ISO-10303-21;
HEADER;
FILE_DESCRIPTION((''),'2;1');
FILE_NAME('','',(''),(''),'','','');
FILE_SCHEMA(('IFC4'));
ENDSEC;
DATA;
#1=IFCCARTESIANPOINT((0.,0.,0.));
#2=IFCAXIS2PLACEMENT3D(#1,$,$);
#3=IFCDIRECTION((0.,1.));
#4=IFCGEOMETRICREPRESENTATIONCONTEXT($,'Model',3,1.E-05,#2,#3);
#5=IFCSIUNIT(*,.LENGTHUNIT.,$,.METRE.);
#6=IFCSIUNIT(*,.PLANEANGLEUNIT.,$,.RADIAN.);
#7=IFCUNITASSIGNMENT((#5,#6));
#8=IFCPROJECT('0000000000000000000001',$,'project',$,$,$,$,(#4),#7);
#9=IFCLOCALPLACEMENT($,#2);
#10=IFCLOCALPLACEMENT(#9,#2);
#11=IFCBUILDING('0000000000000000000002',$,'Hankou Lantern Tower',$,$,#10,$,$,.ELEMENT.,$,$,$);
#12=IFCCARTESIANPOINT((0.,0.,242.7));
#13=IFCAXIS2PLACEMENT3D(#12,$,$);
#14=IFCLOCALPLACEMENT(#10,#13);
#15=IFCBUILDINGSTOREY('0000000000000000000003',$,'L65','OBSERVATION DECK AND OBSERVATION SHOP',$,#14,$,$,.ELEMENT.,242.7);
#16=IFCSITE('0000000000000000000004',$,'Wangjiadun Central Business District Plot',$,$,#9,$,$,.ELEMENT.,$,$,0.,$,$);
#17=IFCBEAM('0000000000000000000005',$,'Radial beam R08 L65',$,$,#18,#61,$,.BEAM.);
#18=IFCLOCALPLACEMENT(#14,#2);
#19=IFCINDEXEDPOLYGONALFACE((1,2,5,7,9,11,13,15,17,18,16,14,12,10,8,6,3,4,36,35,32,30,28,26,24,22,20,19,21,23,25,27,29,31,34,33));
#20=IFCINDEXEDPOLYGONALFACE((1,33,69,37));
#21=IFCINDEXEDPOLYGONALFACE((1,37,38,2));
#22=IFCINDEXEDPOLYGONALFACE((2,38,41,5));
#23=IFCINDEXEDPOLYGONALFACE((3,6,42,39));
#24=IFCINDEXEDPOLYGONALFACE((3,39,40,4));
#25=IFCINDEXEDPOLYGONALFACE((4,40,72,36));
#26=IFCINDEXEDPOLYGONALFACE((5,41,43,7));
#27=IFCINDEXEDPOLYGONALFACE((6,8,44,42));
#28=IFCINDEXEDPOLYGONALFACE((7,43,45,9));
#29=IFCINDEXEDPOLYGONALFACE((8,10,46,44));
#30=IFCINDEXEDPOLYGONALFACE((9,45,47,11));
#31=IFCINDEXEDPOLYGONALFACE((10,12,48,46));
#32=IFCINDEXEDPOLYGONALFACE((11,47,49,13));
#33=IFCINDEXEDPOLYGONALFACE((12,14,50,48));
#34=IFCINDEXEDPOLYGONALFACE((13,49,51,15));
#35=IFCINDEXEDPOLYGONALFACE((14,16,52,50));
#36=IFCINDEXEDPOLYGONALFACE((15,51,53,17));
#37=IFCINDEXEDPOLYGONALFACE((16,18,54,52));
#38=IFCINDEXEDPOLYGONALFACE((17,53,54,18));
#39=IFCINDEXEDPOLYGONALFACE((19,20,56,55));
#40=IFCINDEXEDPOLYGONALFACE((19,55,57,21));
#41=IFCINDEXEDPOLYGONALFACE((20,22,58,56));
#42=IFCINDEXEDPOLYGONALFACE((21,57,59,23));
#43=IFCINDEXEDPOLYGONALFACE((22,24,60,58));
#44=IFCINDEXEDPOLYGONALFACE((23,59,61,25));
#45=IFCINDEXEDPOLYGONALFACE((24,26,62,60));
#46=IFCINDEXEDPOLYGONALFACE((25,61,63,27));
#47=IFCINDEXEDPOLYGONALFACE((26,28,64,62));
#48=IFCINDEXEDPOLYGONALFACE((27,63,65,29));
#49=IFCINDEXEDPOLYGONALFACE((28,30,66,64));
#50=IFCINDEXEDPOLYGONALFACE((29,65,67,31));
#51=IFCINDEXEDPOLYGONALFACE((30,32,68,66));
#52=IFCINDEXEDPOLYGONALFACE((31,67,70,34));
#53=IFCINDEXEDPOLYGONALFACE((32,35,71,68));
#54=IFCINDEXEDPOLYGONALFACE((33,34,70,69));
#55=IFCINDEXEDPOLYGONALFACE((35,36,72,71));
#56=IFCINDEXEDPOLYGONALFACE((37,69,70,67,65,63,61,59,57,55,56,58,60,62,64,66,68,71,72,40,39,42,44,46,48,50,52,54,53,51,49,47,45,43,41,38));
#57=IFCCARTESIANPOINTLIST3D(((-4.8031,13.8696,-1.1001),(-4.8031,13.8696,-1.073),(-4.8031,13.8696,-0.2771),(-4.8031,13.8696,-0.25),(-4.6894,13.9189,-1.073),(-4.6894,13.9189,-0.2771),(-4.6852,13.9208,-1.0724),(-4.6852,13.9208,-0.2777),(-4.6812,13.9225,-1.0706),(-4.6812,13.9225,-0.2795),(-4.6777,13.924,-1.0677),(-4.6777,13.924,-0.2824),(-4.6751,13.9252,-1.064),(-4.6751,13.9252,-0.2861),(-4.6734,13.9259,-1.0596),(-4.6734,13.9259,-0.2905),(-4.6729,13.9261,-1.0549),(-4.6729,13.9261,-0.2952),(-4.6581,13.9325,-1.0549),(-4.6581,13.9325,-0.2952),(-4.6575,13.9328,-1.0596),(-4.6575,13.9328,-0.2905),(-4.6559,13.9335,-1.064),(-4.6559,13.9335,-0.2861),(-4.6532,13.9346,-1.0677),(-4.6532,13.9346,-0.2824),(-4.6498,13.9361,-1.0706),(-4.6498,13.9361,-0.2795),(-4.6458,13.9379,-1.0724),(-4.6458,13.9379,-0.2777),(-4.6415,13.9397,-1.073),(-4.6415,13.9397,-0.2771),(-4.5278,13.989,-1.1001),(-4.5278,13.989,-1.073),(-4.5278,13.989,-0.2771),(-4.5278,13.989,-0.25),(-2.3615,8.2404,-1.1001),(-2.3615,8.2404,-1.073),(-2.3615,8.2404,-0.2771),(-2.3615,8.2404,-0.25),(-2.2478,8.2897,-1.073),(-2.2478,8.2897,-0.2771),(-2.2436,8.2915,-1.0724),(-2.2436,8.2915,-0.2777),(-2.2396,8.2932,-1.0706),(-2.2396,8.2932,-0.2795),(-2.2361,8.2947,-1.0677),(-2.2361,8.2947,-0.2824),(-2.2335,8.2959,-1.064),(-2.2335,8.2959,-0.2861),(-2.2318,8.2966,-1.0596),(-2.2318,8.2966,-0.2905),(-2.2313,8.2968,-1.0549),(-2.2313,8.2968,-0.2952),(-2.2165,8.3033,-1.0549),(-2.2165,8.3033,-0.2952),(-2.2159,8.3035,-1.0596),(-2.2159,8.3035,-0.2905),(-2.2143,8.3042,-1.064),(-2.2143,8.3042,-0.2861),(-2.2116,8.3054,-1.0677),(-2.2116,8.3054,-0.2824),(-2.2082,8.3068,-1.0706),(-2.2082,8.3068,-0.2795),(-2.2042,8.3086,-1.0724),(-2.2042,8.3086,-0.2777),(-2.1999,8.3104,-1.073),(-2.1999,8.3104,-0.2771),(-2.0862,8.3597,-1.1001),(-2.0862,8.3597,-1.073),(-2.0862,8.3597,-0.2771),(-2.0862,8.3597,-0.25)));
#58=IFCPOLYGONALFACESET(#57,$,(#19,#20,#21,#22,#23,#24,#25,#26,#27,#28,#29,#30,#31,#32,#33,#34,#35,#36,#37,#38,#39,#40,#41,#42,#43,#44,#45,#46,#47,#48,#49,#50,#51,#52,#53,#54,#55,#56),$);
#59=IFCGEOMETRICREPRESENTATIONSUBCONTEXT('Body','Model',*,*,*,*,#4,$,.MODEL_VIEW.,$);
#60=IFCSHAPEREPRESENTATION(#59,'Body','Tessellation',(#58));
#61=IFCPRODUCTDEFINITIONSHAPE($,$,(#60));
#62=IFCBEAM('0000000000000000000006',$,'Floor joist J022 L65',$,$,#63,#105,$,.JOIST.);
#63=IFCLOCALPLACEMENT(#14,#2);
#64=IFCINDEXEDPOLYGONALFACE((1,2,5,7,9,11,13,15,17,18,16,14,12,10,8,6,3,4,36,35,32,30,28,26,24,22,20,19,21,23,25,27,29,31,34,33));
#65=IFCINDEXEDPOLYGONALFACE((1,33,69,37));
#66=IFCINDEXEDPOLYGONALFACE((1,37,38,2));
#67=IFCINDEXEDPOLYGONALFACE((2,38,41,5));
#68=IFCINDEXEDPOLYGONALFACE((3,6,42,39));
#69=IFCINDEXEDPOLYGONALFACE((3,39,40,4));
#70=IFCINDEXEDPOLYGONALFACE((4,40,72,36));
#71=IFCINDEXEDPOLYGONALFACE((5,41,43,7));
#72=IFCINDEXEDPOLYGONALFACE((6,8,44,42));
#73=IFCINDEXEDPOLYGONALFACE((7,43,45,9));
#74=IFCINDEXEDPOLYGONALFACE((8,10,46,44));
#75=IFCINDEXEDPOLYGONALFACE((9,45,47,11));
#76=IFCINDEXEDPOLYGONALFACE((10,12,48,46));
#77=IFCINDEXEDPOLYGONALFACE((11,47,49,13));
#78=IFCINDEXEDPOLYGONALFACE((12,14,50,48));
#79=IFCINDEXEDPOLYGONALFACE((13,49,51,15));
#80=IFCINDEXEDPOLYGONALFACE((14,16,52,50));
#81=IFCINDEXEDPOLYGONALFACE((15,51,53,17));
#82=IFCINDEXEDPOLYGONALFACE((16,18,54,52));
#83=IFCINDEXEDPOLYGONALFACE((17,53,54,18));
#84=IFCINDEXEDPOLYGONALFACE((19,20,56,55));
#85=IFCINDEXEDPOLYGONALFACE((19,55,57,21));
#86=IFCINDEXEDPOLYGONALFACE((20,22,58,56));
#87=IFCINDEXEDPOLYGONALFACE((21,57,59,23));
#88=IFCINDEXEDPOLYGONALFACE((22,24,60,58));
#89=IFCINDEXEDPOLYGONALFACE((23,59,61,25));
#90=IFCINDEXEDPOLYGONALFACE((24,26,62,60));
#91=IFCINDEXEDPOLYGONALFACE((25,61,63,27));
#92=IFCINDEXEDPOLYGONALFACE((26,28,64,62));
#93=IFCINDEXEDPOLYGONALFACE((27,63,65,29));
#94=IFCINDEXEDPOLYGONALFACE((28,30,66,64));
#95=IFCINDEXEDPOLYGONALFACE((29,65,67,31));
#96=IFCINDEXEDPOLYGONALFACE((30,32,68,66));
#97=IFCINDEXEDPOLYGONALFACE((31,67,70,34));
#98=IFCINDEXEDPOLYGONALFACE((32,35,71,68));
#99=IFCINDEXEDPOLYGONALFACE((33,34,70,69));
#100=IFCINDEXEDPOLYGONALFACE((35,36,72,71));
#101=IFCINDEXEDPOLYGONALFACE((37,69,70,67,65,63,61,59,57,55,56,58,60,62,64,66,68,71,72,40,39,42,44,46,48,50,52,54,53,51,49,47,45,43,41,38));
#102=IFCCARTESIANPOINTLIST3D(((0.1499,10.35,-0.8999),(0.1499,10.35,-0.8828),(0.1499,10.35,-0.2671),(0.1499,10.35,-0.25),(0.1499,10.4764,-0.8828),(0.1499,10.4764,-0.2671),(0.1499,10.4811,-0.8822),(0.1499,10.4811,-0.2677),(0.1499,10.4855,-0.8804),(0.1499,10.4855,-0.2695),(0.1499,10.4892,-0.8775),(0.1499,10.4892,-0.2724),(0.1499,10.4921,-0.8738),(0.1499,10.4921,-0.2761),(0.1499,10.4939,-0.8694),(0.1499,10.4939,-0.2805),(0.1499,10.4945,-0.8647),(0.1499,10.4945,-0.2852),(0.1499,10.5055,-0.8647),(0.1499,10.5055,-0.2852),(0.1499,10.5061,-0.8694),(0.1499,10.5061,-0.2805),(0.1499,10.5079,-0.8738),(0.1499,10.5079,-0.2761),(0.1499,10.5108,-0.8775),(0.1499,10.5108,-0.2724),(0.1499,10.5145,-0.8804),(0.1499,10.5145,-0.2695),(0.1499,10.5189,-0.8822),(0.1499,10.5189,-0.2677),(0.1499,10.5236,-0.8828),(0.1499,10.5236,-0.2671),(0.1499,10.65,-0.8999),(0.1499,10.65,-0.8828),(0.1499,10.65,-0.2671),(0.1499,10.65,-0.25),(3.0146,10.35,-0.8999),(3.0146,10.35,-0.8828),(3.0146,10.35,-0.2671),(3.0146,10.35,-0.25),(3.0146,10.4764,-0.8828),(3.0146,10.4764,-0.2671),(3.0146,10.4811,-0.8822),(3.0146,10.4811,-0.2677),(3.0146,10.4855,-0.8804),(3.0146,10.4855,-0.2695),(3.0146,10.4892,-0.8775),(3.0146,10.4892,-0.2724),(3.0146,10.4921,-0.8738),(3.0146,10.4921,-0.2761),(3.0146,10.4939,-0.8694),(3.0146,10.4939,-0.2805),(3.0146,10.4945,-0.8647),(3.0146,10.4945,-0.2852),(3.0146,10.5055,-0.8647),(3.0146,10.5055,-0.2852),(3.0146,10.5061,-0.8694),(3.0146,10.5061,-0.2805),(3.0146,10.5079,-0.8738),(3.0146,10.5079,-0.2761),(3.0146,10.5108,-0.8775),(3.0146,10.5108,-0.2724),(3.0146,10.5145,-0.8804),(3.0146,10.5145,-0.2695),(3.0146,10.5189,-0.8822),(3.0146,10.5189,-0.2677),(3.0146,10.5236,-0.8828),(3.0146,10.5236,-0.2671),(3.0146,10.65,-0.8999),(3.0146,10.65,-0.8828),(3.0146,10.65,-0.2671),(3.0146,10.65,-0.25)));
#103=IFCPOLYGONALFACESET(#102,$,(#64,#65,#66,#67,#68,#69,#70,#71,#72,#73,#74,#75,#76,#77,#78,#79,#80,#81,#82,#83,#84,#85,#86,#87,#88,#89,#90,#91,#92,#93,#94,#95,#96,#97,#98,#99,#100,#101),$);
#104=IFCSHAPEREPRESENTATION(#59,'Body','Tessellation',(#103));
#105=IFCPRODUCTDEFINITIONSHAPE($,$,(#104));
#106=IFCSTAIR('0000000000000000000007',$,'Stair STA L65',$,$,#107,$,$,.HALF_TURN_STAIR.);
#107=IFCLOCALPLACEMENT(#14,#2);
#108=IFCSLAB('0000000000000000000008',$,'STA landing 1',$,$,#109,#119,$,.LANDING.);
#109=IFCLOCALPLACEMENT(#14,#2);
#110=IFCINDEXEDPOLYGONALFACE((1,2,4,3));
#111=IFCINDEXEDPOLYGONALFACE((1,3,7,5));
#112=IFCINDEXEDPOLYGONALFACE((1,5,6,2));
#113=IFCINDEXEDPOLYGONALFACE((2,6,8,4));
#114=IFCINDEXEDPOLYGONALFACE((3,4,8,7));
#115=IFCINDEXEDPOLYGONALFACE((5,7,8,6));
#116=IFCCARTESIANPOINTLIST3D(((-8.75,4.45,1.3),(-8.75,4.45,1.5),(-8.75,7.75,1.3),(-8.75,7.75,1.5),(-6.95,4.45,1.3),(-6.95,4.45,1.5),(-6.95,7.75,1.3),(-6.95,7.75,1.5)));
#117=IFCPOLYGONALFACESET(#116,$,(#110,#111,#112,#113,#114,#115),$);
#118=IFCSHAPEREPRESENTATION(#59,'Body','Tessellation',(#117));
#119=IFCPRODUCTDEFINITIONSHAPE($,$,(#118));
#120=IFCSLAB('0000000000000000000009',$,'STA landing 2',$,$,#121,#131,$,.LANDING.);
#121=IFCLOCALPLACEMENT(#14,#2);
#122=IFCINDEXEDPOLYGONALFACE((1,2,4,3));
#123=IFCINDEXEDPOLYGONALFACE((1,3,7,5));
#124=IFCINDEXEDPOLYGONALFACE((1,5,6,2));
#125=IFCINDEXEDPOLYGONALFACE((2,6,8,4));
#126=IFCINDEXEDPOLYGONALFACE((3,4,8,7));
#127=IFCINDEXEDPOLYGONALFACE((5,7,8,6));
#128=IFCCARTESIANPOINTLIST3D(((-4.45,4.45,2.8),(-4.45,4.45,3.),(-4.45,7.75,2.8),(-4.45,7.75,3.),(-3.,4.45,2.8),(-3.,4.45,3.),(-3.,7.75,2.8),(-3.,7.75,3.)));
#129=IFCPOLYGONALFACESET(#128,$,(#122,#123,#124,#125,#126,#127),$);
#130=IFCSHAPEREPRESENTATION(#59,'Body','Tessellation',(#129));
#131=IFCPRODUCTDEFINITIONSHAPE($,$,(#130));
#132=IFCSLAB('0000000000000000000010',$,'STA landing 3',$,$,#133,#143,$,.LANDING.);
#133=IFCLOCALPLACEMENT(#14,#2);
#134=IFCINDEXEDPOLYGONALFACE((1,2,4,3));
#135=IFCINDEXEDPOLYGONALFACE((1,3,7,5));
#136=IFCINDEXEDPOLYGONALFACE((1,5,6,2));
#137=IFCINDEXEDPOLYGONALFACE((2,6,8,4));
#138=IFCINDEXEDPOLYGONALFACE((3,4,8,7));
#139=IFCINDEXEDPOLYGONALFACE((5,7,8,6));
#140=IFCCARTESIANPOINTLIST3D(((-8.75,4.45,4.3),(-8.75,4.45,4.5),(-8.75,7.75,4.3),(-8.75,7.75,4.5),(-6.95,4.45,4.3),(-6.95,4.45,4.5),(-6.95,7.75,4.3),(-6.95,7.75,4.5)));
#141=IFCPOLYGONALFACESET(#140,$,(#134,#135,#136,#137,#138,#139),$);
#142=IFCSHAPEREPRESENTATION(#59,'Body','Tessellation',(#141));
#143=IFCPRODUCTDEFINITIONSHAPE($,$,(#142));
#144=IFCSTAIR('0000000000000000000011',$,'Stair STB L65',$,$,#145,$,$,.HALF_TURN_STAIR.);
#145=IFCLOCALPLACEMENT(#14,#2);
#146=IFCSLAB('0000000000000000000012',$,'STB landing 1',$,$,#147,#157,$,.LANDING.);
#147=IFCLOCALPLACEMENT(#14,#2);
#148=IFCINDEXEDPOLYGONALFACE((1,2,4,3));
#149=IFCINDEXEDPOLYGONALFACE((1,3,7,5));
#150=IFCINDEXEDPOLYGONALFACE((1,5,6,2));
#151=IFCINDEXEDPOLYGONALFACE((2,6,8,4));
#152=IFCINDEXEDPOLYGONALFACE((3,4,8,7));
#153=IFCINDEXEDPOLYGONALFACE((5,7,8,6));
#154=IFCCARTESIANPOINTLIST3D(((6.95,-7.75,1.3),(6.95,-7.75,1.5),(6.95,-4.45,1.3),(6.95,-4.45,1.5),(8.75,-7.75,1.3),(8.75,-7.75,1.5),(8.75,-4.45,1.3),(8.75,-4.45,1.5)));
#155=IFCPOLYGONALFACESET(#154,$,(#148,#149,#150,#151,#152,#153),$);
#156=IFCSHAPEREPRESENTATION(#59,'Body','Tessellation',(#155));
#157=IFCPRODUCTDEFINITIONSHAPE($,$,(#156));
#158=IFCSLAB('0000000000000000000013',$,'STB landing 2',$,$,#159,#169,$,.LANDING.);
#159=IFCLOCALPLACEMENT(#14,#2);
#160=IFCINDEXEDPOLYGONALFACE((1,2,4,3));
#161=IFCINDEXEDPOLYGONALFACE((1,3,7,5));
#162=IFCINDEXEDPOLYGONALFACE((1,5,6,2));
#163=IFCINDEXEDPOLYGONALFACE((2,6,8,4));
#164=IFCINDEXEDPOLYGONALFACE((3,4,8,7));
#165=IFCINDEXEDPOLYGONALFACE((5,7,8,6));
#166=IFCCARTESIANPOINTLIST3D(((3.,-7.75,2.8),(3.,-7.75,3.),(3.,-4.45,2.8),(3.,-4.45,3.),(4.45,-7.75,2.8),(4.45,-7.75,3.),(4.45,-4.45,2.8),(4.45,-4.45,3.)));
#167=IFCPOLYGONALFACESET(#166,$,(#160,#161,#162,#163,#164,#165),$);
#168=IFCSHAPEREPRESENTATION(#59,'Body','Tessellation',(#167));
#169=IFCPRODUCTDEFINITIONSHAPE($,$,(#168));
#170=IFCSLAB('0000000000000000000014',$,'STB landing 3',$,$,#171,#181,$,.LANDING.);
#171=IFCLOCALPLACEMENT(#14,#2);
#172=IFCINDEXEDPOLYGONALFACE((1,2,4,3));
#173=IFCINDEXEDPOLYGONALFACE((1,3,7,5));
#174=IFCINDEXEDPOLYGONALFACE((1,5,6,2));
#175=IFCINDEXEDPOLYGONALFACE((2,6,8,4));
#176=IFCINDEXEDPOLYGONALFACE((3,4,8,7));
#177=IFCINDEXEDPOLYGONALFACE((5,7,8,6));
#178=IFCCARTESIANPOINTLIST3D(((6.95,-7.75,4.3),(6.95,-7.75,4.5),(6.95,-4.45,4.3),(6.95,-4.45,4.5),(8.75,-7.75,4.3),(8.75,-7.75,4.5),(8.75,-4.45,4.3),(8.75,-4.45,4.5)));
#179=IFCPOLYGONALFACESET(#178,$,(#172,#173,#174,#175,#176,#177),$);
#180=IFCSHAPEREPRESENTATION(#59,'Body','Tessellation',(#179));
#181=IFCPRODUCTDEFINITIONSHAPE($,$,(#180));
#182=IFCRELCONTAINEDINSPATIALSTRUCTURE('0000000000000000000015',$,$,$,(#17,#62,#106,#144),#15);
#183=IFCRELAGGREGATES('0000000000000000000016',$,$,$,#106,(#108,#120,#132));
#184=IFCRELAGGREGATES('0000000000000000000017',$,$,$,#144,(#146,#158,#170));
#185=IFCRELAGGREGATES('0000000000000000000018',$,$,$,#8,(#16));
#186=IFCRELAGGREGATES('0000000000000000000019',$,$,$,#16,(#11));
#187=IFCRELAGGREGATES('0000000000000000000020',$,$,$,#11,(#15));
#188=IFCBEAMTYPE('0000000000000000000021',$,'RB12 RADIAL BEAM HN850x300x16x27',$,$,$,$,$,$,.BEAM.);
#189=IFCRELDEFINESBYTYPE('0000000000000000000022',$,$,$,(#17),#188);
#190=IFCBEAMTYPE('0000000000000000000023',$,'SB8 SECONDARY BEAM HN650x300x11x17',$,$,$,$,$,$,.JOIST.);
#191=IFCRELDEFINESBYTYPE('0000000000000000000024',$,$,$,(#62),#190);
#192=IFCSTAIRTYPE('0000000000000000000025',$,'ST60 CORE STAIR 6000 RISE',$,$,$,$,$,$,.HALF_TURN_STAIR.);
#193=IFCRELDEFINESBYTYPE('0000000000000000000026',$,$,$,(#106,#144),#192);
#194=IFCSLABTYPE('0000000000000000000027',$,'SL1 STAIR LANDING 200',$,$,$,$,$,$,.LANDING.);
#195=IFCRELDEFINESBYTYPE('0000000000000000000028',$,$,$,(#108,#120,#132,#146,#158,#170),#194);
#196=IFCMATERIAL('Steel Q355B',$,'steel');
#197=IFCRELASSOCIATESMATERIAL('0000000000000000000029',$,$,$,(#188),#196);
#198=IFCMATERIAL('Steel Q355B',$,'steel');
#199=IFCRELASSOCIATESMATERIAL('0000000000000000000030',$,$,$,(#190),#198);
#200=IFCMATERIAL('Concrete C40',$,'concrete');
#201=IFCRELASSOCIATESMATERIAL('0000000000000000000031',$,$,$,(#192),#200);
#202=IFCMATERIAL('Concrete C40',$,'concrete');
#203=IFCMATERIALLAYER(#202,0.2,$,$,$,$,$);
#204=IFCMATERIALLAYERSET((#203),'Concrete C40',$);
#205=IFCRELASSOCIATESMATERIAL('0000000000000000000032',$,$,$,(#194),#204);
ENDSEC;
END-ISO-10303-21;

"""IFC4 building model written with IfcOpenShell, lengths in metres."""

from ifc_helpers import new_model, si_unit, direction, frame, origin, origin_2d, place, context, subcontext, project, spatial, polyline, i_section, outline, extrude, material, layer, layer_set, material_profile, profile_set, type_object, element, aggregate, save


model = new_model("IFC4")

# Units and contexts
model_context = context("Model", 3, precision=1e-05, world=origin(), true_north=direction((0.0, 1.0)))
body_context = subcontext(model_context, "Body", "Model", "MODEL_VIEW")
ifc_project = project(units=[si_unit("LENGTHUNIT", "METRE"), si_unit("PLANEANGLEUNIT", "RADIAN")], contexts=[model_context])

# Site, building, storey
site_placement = place(None, origin())
site = spatial("IfcSite", under=ifc_project, at=site_placement, Name="Wangjiadun Central Business District Plot", CompositionType="ELEMENT", RefElevation=0.0)
building_placement = place(site_placement, origin())
building = spatial("IfcBuilding", under=site, at=building_placement, Name="Hankou Lantern Tower", CompositionType="ELEMENT")
storey_placement = place(building_placement, frame((0.0, 0.0, 242.7)))
storey = spatial("IfcBuildingStorey", under=building, at=storey_placement, Name="L65", Description="OBSERVATION DECK AND OBSERVATION SHOP", CompositionType="ELEMENT", Elevation=242.7)

# Beams
ifc_material_1 = material(Name="Steel Q355B", Category="steel")
ifc_material_profile_1 = material_profile(ifc_material_1, i_section(OverallWidth=0.3, OverallDepth=0.8501, WebThickness=0.0161, FlangeThickness=0.0271, FilletRadius=0.0181, at=origin_2d()), Name="HN850x300x16x27")
ifc_profile_set_1 = profile_set([ifc_material_profile_1], Name="Steel Q355B")
beam_type_1 = type_object("IfcBeamType", Name="RB12 RADIAL BEAM HN850x300x16x27", PredefinedType="BEAM", material=ifc_profile_set_1)
beam_1_placement = place(storey_placement, frame((-2.2239, 8.3, -0.675), z_axis=(-0.397916, 0.917422, 0.0), x_axis=(-0.917422, -0.397916, 0.0)))
element("IfcBeam", 1, at=beam_1_placement, inside=storey, type_object=beam_type_1, Name="Radial beam R08 L65", PredefinedType="BEAM", context=body_context, shape_type="SweptSolid", body=[
    extrude(i_section(OverallWidth=0.3, OverallDepth=0.8501, WebThickness=0.0161, FlangeThickness=0.0271, FilletRadius=0.0181, at=origin_2d()), origin(), (0.0, 0.0, 1.0), 6.136),
])
ifc_material_2 = material(Name="Steel Q355B", Category="steel")
ifc_material_profile_2 = material_profile(ifc_material_2, i_section(OverallWidth=0.3, OverallDepth=0.6499, WebThickness=0.011, FlangeThickness=0.0171, FilletRadius=0.0181, at=origin_2d()), Name="HN650x300x11x17")
ifc_profile_set_2 = profile_set([ifc_material_profile_2], Name="Steel Q355B")
beam_type_2 = type_object("IfcBeamType", Name="SB8 SECONDARY BEAM HN650x300x11x17", PredefinedType="JOIST", material=ifc_profile_set_2)
beam_2_placement = place(storey_placement, frame((0.1499, 10.5, -0.575), z_axis=(1.0, 0.0, 0.0), x_axis=(0.0, 1.0, 0.0)))
element("IfcBeam", 2, at=beam_2_placement, inside=storey, type_object=beam_type_2, Name="Floor joist J022 L65", PredefinedType="JOIST", context=body_context, shape_type="SweptSolid", body=[
    extrude(i_section(OverallWidth=0.3, OverallDepth=0.6499, WebThickness=0.011, FlangeThickness=0.0171, FilletRadius=0.0181, at=origin_2d()), origin(), (0.0, 0.0, 1.0), 2.8647),
])

# Stairs, slabs
ifc_material_3 = material(Name="Concrete C40", Category="concrete")
stair_type = type_object("IfcStairType", Name="ST60 CORE STAIR 6000 RISE", PredefinedType="HALF_TURN_STAIR", material=ifc_material_3)
stair_1_placement = place(storey_placement, origin())
stair_1 = element("IfcStair", 3, at=stair_1_placement, inside=storey, type_object=stair_type, Name="Stair STA L65", PredefinedType="HALF_TURN_STAIR")
ifc_material_4 = material(Name="Concrete C40", Category="concrete")
ifc_layer_1 = layer(ifc_material_4, 0.2)
ifc_layer_set_1 = layer_set([ifc_layer_1], Name="Concrete C40")
slab_type = type_object("IfcSlabType", Name="SL1 STAIR LANDING 200", PredefinedType="LANDING", material=ifc_layer_set_1)
slab_1_placement = place(storey_placement, frame((0.0, 0.0, 1.3)))
slab_1 = element("IfcSlab", 4, at=slab_1_placement, type_object=slab_type, Name="STA landing 1", PredefinedType="LANDING", context=body_context, shape_type="SweptSolid", body=[
    extrude(outline(polyline([(-8.75, 4.45), (-6.95, 4.45), (-6.95, 7.75), (-8.75, 7.75), (-8.75, 4.45)])), origin(), (0.0, 0.0, 1.0), 0.2),
])
slab_2_placement = place(storey_placement, frame((0.0, 0.0, 2.8)))
slab_2 = element("IfcSlab", 5, at=slab_2_placement, type_object=slab_type, Name="STA landing 2", PredefinedType="LANDING", context=body_context, shape_type="SweptSolid", body=[
    extrude(outline(polyline([(-4.45, 4.45), (-3.0, 4.45), (-3.0, 7.75), (-4.45, 7.75), (-4.45, 4.45)])), origin(), (0.0, 0.0, 1.0), 0.2),
])
slab_3_placement = place(storey_placement, frame((0.0, 0.0, 4.3)))
slab_3 = element("IfcSlab", 6, at=slab_3_placement, type_object=slab_type, Name="STA landing 3", PredefinedType="LANDING", context=body_context, shape_type="SweptSolid", body=[
    extrude(outline(polyline([(-8.75, 4.45), (-6.95, 4.45), (-6.95, 7.75), (-8.75, 7.75), (-8.75, 4.45)])), origin(), (0.0, 0.0, 1.0), 0.2),
])
aggregate(stair_1, [slab_1, slab_2, slab_3])
stair_2_placement = place(storey_placement, origin())
stair_2 = element("IfcStair", 7, at=stair_2_placement, inside=storey, type_object=stair_type, Name="Stair STB L65", PredefinedType="HALF_TURN_STAIR")
slab_4_placement = place(storey_placement, frame((0.0, 0.0, 1.3)))
slab_4 = element("IfcSlab", 8, at=slab_4_placement, type_object=slab_type, Name="STB landing 1", PredefinedType="LANDING", context=body_context, shape_type="SweptSolid", body=[
    extrude(outline(polyline([(8.75, -4.45), (6.95, -4.45), (6.95, -7.75), (8.75, -7.75), (8.75, -4.45)])), origin(), (0.0, 0.0, 1.0), 0.2),
])
slab_5_placement = place(storey_placement, frame((0.0, 0.0, 2.8)))
slab_5 = element("IfcSlab", 9, at=slab_5_placement, type_object=slab_type, Name="STB landing 2", PredefinedType="LANDING", context=body_context, shape_type="SweptSolid", body=[
    extrude(outline(polyline([(4.45, -4.45), (3.0, -4.45), (3.0, -7.75), (4.45, -7.75), (4.45, -4.45)])), origin(), (0.0, 0.0, 1.0), 0.2),
])
slab_6_placement = place(storey_placement, frame((0.0, 0.0, 4.3)))
slab_6 = element("IfcSlab", 10, at=slab_6_placement, type_object=slab_type, Name="STB landing 3", PredefinedType="LANDING", context=body_context, shape_type="SweptSolid", body=[
    extrude(outline(polyline([(8.75, -4.45), (6.95, -4.45), (6.95, -7.75), (8.75, -7.75), (8.75, -4.45)])), origin(), (0.0, 0.0, 1.0), 0.2),
])
aggregate(stair_2, [slab_4, slab_5, slab_6])

save(model, "model.ifc")
